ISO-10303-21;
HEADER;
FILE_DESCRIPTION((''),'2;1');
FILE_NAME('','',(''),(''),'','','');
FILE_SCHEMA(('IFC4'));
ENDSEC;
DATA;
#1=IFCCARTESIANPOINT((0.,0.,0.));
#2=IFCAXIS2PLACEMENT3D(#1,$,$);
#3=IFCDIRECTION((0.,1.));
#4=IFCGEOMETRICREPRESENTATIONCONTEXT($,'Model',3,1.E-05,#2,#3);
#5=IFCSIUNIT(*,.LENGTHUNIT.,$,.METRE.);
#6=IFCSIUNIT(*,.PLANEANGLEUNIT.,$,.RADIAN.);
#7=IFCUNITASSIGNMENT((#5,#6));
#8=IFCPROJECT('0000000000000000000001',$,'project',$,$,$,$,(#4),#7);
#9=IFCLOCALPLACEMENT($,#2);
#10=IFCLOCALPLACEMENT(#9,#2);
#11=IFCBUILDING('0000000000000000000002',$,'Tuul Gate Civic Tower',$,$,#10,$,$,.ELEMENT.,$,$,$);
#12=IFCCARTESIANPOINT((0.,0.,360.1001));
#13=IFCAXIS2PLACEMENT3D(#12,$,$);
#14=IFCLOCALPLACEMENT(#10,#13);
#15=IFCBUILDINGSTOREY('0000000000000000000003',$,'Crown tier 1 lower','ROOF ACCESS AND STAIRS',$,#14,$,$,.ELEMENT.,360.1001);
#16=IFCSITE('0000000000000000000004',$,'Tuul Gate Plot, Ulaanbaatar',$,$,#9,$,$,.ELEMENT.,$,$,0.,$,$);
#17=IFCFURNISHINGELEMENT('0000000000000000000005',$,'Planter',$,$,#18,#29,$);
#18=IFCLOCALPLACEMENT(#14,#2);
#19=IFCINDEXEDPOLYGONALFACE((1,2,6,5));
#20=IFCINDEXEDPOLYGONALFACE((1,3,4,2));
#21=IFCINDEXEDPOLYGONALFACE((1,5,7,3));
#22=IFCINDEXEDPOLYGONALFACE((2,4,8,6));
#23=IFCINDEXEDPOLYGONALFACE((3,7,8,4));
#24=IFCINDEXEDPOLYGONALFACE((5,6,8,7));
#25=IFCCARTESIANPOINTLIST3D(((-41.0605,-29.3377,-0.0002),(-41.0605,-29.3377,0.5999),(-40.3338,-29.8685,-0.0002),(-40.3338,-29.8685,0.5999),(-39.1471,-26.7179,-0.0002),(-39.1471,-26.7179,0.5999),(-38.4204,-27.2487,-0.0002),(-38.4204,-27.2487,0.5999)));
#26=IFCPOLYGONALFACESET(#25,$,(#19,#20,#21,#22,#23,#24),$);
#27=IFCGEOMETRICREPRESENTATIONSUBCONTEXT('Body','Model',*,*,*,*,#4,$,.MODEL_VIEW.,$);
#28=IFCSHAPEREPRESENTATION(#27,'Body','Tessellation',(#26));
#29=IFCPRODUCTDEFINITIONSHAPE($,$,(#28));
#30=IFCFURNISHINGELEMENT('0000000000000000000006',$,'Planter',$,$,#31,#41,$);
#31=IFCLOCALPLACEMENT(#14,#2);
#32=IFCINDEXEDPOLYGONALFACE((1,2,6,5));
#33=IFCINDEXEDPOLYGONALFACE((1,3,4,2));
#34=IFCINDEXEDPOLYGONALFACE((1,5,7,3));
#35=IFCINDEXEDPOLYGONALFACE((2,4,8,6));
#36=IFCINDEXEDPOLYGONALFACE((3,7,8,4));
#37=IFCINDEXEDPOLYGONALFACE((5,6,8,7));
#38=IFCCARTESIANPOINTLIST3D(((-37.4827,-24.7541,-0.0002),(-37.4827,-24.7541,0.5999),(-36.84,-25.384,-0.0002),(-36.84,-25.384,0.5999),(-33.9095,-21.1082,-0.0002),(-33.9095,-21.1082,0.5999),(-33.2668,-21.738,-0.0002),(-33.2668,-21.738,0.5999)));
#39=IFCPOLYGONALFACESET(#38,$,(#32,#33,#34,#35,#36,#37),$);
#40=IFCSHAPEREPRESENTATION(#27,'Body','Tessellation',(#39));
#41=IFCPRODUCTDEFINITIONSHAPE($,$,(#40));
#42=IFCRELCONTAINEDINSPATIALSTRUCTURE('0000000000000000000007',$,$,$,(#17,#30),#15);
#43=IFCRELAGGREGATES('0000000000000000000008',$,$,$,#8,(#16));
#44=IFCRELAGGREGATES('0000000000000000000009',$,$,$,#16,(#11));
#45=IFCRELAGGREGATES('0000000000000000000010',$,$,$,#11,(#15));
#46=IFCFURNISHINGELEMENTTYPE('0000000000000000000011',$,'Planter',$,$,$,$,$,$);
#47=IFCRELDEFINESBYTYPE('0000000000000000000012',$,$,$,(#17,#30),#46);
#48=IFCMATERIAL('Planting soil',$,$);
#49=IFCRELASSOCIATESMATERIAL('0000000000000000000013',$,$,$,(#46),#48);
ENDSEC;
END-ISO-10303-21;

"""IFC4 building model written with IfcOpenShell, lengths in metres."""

from ifc_helpers import new_model, si_unit, direction, frame, origin, origin_2d, place, context, subcontext, project, spatial, rectangle, extrude, material, type_object, element, save


model = new_model("IFC4")

# Units and contexts
model_context = context("Model", 3, precision=1e-05, world=origin(), true_north=direction((0.0, 1.0)))
body_context = subcontext(model_context, "Body", "Model", "MODEL_VIEW")
ifc_project = project(units=[si_unit("LENGTHUNIT", "METRE"), si_unit("PLANEANGLEUNIT", "RADIAN")], contexts=[model_context])

# Site, building, storey
site_placement = place(None, origin())
site = spatial("IfcSite", under=ifc_project, at=site_placement, Name="Tuul Gate Plot, Ulaanbaatar", CompositionType="ELEMENT", RefElevation=0.0)
building_placement = place(site_placement, origin())
building = spatial("IfcBuilding", under=site, at=building_placement, Name="Tuul Gate Civic Tower", CompositionType="ELEMENT")
storey_placement = place(building_placement, frame((0.0, 0.0, 360.1001)))
storey = spatial("IfcBuildingStorey", under=building, at=storey_placement, Name="Crown tier 1 lower", Description="ROOF ACCESS AND STAIRS", CompositionType="ELEMENT", Elevation=360.1001)

# Furnishing elements
ifc_material_1 = material(Name="Planting soil")
furnishing_element_type = type_object("IfcFurnishingElementType", Name="Planter", material=ifc_material_1)
furnishing_1_placement = place(storey_placement, frame((-39.7405, -28.2932, -0.0002), z_axis=(0.0, 0.0, 1.0), x_axis=(0.589803, 0.807547, 0.0)))
element("IfcFurnishingElement", 1, at=furnishing_1_placement, inside=storey, type_object=furnishing_element_type, Name="Planter", context=body_context, shape_type="SweptSolid", body=[
    extrude(rectangle(XDim=3.2441, YDim=0.8999, at=origin_2d()), origin(), (0.0, 0.0, 1.0), 0.6001),
])
furnishing_2_placement = place(storey_placement, frame((-35.3748, -23.2461, -0.0002), z_axis=(0.0, 0.0, 1.0), x_axis=(0.699942, 0.7142, 0.0)))
element("IfcFurnishingElement", 2, at=furnishing_2_placement, inside=storey, type_object=furnishing_element_type, Name="Planter", context=body_context, shape_type="SweptSolid", body=[
    extrude(rectangle(XDim=5.105, YDim=0.8999, at=origin_2d()), origin(), (0.0, 0.0, 1.0), 0.6001),
])

save(model, "model.ifc")
